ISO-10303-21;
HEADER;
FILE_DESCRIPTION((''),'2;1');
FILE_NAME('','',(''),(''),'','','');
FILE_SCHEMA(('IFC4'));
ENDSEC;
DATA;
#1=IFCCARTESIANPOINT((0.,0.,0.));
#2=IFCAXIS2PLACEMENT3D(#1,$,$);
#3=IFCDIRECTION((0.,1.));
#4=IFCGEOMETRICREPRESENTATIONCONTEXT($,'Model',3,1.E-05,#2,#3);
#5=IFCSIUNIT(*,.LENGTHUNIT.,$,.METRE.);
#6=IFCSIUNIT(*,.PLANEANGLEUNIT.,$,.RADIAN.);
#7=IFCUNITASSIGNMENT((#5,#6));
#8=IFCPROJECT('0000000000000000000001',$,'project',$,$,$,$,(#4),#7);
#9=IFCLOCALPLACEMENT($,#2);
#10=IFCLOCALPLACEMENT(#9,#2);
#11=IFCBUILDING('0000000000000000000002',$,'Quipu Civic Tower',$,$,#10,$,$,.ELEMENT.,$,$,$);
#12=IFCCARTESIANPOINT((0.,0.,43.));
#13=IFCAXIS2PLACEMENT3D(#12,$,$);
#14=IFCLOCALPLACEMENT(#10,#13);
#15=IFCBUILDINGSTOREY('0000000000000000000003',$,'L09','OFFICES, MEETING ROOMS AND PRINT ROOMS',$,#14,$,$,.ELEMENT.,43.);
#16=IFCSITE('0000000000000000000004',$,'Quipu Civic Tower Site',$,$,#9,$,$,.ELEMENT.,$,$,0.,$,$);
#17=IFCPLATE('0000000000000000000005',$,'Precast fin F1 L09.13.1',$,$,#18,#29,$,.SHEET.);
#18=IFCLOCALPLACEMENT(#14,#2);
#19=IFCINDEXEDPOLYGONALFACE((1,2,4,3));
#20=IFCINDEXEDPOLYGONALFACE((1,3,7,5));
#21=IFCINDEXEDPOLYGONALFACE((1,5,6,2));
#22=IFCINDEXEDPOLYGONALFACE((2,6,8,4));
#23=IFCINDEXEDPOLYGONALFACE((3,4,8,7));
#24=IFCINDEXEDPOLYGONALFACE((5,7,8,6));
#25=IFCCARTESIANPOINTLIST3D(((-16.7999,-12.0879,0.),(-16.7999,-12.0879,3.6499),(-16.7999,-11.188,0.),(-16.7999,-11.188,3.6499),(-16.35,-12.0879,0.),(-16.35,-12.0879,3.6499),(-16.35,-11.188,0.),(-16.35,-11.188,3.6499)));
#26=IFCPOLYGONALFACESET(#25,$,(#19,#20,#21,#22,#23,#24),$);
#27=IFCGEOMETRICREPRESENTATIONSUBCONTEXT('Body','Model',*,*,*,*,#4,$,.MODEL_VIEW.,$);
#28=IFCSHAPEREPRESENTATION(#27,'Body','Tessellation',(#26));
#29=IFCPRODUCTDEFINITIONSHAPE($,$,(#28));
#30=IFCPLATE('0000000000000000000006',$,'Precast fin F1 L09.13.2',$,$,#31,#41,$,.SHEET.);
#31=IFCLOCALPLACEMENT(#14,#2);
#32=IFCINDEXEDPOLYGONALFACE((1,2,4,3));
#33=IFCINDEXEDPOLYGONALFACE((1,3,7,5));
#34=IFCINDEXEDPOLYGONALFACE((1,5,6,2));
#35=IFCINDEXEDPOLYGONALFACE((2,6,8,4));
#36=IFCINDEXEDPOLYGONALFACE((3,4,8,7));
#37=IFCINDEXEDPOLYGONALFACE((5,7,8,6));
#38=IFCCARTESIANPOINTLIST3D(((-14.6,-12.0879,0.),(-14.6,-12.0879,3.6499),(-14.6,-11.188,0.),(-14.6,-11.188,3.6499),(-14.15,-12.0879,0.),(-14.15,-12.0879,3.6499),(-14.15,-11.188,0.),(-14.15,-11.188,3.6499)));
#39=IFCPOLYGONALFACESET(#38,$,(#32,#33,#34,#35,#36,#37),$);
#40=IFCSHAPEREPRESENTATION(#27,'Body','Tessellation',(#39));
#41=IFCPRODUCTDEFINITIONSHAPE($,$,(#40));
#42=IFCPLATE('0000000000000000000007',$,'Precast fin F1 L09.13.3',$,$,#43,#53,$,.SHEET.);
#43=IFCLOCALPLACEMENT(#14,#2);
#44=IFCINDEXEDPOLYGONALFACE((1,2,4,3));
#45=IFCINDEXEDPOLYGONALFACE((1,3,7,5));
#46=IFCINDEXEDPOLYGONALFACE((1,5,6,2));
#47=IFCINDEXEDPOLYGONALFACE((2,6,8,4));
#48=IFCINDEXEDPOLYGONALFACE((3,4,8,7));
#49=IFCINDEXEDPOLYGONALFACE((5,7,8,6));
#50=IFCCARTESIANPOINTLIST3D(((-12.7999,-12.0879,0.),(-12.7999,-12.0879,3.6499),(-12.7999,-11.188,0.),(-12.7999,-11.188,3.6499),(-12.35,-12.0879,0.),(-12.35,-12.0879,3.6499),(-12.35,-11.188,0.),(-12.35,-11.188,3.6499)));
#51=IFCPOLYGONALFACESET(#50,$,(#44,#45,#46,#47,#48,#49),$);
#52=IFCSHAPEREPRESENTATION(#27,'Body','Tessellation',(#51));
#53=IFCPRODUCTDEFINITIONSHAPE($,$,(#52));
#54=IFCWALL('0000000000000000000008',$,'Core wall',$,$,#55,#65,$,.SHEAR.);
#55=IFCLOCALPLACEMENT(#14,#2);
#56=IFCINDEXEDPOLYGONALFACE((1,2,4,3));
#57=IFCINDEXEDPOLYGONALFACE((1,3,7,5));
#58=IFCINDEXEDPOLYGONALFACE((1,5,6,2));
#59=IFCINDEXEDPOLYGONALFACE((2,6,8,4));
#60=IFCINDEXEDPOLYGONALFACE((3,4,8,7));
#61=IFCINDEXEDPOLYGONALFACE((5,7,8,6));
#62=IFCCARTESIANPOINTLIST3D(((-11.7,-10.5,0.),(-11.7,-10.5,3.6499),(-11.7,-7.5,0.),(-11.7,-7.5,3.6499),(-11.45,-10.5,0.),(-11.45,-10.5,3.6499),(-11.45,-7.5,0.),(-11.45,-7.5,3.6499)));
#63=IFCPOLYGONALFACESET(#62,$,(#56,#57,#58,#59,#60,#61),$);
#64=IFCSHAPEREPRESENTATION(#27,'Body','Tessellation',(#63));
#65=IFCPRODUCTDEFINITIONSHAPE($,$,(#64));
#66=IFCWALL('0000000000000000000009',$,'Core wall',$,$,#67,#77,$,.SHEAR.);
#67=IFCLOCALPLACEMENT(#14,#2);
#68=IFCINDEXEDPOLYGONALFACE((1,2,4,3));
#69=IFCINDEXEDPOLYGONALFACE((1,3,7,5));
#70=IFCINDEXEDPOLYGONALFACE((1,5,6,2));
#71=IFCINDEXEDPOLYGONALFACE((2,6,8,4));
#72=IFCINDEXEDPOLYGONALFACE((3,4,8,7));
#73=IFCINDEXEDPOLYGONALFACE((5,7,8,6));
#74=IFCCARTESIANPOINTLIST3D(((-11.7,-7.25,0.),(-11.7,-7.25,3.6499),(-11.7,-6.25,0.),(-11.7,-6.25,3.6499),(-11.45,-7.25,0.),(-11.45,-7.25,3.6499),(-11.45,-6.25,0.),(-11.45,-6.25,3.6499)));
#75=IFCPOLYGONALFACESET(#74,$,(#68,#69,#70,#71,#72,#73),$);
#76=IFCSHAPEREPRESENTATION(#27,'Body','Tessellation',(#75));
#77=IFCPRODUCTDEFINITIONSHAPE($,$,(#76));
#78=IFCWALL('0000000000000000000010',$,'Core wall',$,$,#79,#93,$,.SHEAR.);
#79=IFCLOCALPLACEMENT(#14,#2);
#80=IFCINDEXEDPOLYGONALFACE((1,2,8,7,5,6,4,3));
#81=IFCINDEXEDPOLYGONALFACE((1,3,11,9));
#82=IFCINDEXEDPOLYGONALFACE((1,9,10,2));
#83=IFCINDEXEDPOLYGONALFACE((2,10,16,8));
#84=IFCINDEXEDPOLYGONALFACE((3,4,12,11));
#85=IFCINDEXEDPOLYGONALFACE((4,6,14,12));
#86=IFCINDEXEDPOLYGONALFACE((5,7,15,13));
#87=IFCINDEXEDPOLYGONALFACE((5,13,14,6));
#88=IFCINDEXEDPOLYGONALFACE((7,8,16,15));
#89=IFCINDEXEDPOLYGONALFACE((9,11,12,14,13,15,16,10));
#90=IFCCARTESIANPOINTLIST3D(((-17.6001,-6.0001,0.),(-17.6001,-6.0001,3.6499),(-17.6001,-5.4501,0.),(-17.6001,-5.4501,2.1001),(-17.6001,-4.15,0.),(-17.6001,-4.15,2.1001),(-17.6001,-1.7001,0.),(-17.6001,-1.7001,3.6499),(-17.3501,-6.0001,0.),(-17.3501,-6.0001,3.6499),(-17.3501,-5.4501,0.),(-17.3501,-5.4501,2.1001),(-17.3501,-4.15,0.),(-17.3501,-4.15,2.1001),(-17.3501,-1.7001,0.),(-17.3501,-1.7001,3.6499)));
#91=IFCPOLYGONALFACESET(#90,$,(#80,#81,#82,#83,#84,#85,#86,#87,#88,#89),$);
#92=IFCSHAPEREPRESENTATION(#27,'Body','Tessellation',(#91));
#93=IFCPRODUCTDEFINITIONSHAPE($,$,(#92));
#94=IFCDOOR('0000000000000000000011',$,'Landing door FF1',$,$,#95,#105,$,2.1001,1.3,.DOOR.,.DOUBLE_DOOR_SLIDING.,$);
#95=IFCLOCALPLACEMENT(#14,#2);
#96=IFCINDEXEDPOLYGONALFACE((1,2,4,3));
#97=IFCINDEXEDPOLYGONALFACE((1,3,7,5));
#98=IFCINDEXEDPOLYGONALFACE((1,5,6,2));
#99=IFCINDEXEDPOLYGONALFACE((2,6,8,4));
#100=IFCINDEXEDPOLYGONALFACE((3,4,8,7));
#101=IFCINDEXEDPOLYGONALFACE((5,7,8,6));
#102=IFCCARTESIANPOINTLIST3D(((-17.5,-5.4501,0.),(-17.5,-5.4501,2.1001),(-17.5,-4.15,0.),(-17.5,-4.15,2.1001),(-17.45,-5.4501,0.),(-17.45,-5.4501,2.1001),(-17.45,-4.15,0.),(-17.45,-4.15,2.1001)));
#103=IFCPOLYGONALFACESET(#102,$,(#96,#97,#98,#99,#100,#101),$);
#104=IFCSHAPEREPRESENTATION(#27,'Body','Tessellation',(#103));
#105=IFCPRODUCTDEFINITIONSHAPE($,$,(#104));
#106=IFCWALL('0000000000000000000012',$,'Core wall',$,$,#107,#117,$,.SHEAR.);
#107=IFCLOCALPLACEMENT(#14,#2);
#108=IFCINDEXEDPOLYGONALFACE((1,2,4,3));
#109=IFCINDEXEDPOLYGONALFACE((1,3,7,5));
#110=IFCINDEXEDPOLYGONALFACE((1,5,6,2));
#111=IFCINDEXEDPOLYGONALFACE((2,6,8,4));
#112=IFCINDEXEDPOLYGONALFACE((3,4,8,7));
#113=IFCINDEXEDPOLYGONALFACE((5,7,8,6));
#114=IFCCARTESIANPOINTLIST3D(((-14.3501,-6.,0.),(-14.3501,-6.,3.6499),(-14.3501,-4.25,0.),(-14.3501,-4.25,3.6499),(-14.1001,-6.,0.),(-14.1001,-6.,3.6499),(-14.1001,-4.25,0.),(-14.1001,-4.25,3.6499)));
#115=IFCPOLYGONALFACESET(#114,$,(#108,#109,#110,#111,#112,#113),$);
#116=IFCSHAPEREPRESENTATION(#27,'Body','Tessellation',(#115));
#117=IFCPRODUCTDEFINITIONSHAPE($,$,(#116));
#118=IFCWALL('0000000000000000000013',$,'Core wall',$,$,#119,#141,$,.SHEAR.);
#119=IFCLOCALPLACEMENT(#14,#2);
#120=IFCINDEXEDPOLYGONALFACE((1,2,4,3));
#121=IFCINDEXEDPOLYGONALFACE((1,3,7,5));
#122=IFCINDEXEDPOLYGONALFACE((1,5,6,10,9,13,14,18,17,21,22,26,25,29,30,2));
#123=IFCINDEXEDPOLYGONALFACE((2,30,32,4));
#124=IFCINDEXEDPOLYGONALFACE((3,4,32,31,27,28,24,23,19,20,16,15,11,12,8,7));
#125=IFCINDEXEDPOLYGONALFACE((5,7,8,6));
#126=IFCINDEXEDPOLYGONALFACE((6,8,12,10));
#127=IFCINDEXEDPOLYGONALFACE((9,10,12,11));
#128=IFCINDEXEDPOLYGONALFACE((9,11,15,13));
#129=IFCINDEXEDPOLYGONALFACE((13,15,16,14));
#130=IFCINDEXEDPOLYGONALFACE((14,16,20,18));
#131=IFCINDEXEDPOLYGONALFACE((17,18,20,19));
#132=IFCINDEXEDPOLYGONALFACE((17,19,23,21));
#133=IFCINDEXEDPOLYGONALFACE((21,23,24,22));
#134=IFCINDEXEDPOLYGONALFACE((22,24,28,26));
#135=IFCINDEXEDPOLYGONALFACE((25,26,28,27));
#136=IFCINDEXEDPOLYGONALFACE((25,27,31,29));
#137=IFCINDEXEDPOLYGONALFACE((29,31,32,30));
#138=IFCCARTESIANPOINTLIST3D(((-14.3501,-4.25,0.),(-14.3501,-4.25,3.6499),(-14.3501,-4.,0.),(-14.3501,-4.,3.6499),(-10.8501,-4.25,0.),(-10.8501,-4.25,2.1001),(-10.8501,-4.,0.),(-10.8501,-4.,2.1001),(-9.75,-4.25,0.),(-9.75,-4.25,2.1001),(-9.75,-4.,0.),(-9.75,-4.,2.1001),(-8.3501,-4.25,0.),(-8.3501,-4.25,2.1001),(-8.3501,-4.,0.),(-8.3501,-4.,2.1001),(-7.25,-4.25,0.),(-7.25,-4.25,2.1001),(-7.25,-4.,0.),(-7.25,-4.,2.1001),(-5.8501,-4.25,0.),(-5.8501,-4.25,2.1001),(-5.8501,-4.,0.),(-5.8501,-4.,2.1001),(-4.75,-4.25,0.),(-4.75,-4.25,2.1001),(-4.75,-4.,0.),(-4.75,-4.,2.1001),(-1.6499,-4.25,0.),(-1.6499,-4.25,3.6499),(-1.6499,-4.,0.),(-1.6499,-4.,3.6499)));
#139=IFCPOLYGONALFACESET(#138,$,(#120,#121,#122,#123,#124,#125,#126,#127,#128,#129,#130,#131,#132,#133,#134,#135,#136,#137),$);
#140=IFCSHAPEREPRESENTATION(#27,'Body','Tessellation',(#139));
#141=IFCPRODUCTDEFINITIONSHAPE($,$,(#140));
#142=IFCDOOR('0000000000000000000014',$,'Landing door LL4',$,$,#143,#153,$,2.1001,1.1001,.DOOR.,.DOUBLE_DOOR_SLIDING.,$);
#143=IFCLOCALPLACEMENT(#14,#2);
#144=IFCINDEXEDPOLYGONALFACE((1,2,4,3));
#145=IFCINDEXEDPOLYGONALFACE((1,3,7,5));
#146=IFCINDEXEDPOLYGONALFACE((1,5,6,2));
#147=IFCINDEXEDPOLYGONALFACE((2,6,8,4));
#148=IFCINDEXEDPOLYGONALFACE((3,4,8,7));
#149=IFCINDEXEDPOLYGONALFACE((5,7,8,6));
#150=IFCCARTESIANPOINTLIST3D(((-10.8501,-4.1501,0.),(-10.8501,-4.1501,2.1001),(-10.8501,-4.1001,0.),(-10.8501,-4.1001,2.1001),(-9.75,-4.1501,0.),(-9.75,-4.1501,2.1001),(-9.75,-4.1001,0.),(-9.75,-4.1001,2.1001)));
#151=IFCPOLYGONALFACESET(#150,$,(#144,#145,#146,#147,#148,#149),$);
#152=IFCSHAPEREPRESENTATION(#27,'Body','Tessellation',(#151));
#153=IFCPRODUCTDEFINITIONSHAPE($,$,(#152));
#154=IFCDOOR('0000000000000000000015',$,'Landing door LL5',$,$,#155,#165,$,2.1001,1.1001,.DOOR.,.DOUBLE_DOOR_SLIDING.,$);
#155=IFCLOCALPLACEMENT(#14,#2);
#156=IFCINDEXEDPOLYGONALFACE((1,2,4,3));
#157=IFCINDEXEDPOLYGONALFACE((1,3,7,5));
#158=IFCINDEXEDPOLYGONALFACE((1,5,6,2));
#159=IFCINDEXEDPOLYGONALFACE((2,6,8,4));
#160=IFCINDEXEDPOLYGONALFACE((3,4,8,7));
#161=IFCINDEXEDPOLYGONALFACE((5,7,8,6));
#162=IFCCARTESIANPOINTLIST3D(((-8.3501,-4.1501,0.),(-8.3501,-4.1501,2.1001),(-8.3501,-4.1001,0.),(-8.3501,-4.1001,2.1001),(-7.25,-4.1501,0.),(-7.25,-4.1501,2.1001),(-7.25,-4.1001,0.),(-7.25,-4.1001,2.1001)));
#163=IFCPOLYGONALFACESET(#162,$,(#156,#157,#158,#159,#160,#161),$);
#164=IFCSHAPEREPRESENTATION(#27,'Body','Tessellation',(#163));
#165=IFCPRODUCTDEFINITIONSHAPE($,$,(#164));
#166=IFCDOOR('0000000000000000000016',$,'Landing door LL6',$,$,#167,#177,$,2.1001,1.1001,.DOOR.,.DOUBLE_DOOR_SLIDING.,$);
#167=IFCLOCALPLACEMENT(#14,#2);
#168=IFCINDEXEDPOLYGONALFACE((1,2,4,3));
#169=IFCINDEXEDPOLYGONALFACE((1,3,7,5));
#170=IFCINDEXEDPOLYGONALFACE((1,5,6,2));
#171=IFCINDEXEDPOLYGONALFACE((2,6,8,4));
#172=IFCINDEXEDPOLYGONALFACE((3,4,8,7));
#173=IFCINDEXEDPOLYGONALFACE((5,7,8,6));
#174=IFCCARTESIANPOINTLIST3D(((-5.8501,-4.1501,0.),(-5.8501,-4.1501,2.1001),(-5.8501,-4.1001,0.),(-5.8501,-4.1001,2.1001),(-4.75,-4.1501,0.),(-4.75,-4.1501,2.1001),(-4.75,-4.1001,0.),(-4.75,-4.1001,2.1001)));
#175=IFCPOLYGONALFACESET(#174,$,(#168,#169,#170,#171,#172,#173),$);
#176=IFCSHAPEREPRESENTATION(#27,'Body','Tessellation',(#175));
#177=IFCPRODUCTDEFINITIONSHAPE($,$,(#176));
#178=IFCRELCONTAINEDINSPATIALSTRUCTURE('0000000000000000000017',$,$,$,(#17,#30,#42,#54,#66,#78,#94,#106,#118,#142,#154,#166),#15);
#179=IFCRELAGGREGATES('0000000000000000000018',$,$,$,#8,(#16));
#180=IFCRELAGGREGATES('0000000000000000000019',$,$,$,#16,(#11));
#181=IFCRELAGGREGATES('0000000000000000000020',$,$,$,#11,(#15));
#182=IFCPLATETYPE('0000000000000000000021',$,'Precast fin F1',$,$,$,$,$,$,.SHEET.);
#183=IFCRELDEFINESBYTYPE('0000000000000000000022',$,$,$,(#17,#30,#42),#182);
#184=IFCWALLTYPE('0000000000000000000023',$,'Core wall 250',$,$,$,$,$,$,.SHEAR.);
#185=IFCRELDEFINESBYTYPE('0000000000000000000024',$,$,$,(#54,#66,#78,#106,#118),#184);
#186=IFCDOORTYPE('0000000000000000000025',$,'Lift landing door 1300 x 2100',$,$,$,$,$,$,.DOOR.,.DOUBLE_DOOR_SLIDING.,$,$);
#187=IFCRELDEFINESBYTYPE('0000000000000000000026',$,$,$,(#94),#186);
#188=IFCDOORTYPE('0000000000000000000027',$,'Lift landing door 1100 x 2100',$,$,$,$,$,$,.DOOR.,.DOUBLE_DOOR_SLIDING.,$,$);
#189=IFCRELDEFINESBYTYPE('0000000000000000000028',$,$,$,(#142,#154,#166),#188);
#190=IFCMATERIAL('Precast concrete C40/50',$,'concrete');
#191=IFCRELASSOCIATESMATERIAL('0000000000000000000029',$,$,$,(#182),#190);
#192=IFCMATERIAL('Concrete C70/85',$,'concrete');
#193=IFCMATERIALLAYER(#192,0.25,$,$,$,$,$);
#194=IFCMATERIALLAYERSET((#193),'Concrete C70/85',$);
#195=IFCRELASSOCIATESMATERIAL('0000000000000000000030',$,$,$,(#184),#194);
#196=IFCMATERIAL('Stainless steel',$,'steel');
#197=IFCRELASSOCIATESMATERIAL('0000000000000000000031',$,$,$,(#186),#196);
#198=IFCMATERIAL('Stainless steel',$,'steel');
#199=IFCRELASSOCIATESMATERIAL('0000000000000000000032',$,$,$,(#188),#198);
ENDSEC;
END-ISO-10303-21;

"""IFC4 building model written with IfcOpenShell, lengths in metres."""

from ifc_helpers import new_model, si_unit, direction, frame, frame_2d, origin, origin_2d, place, context, subcontext, project, spatial, rectangle, extrude, material, layer, layer_set, type_object, element, fill, save


model = new_model("IFC4")

# Units and contexts
model_context = context("Model", 3, precision=1e-05, world=origin(), true_north=direction((0.0, 1.0)))
body_context = subcontext(model_context, "Body", "Model", "MODEL_VIEW")
ifc_project = project(units=[si_unit("LENGTHUNIT", "METRE"), si_unit("PLANEANGLEUNIT", "RADIAN")], contexts=[model_context])

# Site, building, storey
site_placement = place(None, origin())
site = spatial("IfcSite", under=ifc_project, at=site_placement, Name="Quipu Civic Tower Site", CompositionType="ELEMENT", RefElevation=0.0)
building_placement = place(site_placement, origin())
building = spatial("IfcBuilding", under=site, at=building_placement, Name="Quipu Civic Tower", CompositionType="ELEMENT")
storey_placement = place(building_placement, frame((0.0, 0.0, 43.0)))
storey = spatial("IfcBuildingStorey", under=building, at=storey_placement, Name="L09", Description="OFFICES, MEETING ROOMS AND PRINT ROOMS", CompositionType="ELEMENT", Elevation=43.0)

# Plates
ifc_material_1 = material(Name="Precast concrete C40/50", Category="concrete")
plate_type = type_object("IfcPlateType", Name="Precast fin F1", PredefinedType="SHEET", material=ifc_material_1)
for number, where, z_axis, x_axis, name in (
    (1, (-16.575, -11.6379, 0.0), (0.0, 0.0, 1.0), (1.0, 0.0, 0.0), "Precast fin F1 L09.13.1"),
    (2, (-14.375, -11.6379, 0.0), (0.0, 0.0, 1.0), (1.0, 0.0, 0.0), "Precast fin F1 L09.13.2"),
    (3, (-12.575, -11.6379, 0.0), (0.0, 0.0, 1.0), (1.0, 0.0, 0.0), "Precast fin F1 L09.13.3"),
):
    element("IfcPlate", number, at=place(storey_placement, frame(where, z_axis=z_axis, x_axis=x_axis)), inside=storey, type_object=plate_type, Name=name, PredefinedType="SHEET", context=body_context, shape_type="SweptSolid", body=[
        extrude(rectangle(XDim=0.45, YDim=0.8999, at=origin_2d()), origin(), (0.0, 0.0, 1.0), 3.6499),
    ])

# Walls
ifc_material_2 = material(Name="Concrete C70/85", Category="concrete")
ifc_layer = layer(ifc_material_2, 0.25)
ifc_layer_set = layer_set([ifc_layer], Name="Concrete C70/85")
wall_type_1 = type_object("IfcWallType", Name="Core wall 250", PredefinedType="SHEAR", material=ifc_layer_set)
wall_1_placement = place(storey_placement, frame((-11.575, -10.5, 0.0), z_axis=(0.0, 0.0, 1.0), x_axis=(0.0, 1.0, 0.0)))
element("IfcWall", 4, at=wall_1_placement, inside=storey, type_object=wall_type_1, Name="Core wall", PredefinedType="SHEAR", context=body_context, shape_type="SweptSolid", body=[
    extrude(rectangle(XDim=3.0, YDim=0.25, at=frame_2d((1.5, 0.0))), origin(), (0.0, 0.0, 1.0), 3.6499),
])
wall_2_placement = place(storey_placement, frame((-11.575, -7.25, 0.0), z_axis=(0.0, 0.0, 1.0), x_axis=(0.0, 1.0, 0.0)))
element("IfcWall", 5, at=wall_2_placement, inside=storey, type_object=wall_type_1, Name="Core wall", PredefinedType="SHEAR", context=body_context, shape_type="SweptSolid", body=[
    extrude(rectangle(XDim=1.0, YDim=0.25, at=frame_2d((0.5, 0.0))), origin(), (0.0, 0.0, 1.0), 3.6499),
])

# Wall, opening, door
wall_3_placement = place(storey_placement, frame((-17.4751, -6.0, 0.0), z_axis=(0.0, 0.0, 1.0), x_axis=(0.0, 1.0, 0.0)))
wall_3 = element("IfcWall", 6, at=wall_3_placement, inside=storey, type_object=wall_type_1, Name="Core wall", PredefinedType="SHEAR", context=body_context, shape_type="SweptSolid", body=[
    extrude(rectangle(XDim=4.3, YDim=0.25, at=frame_2d((2.1499, 0.0))), origin(), (0.0, 0.0, 1.0), 3.6499),
])
opening_1_placement = place(wall_3_placement, frame((0.55, 0.0, 0.0)))
opening_1 = element("IfcOpeningElement", 7, at=opening_1_placement, cuts=wall_3, PredefinedType="OPENING", context=body_context, shape_type="SweptSolid", body=[
    extrude(rectangle(XDim=1.3, YDim=2.1001, at=frame_2d((0.6499, 1.05))), frame((0.0, 0.135, 0.0), z_axis=(0.0, -1.0, 0.0), x_axis=(1.0, 0.0, 0.0)), (0.0, 0.0, 1.0), 0.27),
])
ifc_material_3 = material(Name="Stainless steel", Category="steel")
door_type_1 = type_object("IfcDoorType", Name="Lift landing door 1300 x 2100", OperationType="DOUBLE_DOOR_SLIDING", PredefinedType="DOOR", material=ifc_material_3)
door_1_placement = place(opening_1_placement, origin())
door_1 = element("IfcDoor", 8, at=door_1_placement, inside=storey, type_object=door_type_1, Name="Landing door FF1", OperationType="DOUBLE_DOOR_SLIDING", OverallHeight=2.1001, OverallWidth=1.3, PredefinedType="DOOR", context=body_context, shape_type="SweptSolid", body=[
    extrude(rectangle(XDim=1.3, YDim=2.1001, at=frame_2d((0.6499, 1.05))), frame((0.0, 0.0249, 0.0), z_axis=(0.0, -1.0, 0.0), x_axis=(1.0, 0.0, 0.0)), (0.0, 0.0, 1.0), 0.05),
])
fill(opening_1, door_1)

# Wall
wall_4_placement = place(storey_placement, frame((-14.2251, -6.0, 0.0), z_axis=(0.0, 0.0, 1.0), x_axis=(0.0, 1.0, 0.0)))
element("IfcWall", 9, at=wall_4_placement, inside=storey, type_object=wall_type_1, Name="Core wall", PredefinedType="SHEAR", context=body_context, shape_type="SweptSolid", body=[
    extrude(rectangle(XDim=1.75, YDim=0.25, at=frame_2d((0.875, 0.0))), origin(), (0.0, 0.0, 1.0), 3.6499),
])

# Wall, openings, doors
wall_5_placement = place(storey_placement, frame((-14.3501, -4.125, 0.0), z_axis=(0.0, 0.0, 1.0), x_axis=(1.0, 0.0, 0.0)))
wall_5 = element("IfcWall", 10, at=wall_5_placement, inside=storey, type_object=wall_type_1, Name="Core wall", PredefinedType="SHEAR", context=body_context, shape_type="SweptSolid", body=[
    extrude(rectangle(XDim=12.7002, YDim=0.25, at=frame_2d((6.3501, 0.0))), origin(), (0.0, 0.0, 1.0), 3.6499),
])
opening_2_placement = place(wall_5_placement, frame((3.5, 0.0, 0.0)))
opening_2 = element("IfcOpeningElement", 11, at=opening_2_placement, cuts=wall_5, PredefinedType="OPENING", context=body_context, shape_type="SweptSolid", body=[
    extrude(rectangle(XDim=1.1001, YDim=2.1001, at=frame_2d((0.55, 1.05))), frame((0.0, 0.135, 0.0), z_axis=(0.0, -1.0, 0.0), x_axis=(1.0, 0.0, 0.0)), (0.0, 0.0, 1.0), 0.27),
])
opening_3_placement = place(wall_5_placement, frame((6.0, 0.0, 0.0)))
opening_3 = element("IfcOpeningElement", 12, at=opening_3_placement, cuts=wall_5, PredefinedType="OPENING", context=body_context, shape_type="SweptSolid", body=[
    extrude(rectangle(XDim=1.1001, YDim=2.1001, at=frame_2d((0.55, 1.05))), frame((0.0, 0.135, 0.0), z_axis=(0.0, -1.0, 0.0), x_axis=(1.0, 0.0, 0.0)), (0.0, 0.0, 1.0), 0.27),
])
opening_4_placement = place(wall_5_placement, frame((8.5, 0.0, 0.0)))
opening_4 = element("IfcOpeningElement", 13, at=opening_4_placement, cuts=wall_5, PredefinedType="OPENING", context=body_context, shape_type="SweptSolid", body=[
    extrude(rectangle(XDim=1.1001, YDim=2.1001, at=frame_2d((0.55, 1.05))), frame((0.0, 0.135, 0.0), z_axis=(0.0, -1.0, 0.0), x_axis=(1.0, 0.0, 0.0)), (0.0, 0.0, 1.0), 0.27),
])
ifc_material_4 = material(Name="Stainless steel", Category="steel")
door_type_2 = type_object("IfcDoorType", Name="Lift landing door 1100 x 2100", OperationType="DOUBLE_DOOR_SLIDING", PredefinedType="DOOR", material=ifc_material_4)
door_2_placement = place(opening_2_placement, origin())
door_2 = element("IfcDoor", 14, at=door_2_placement, inside=storey, type_object=door_type_2, Name="Landing door LL4", OperationType="DOUBLE_DOOR_SLIDING", OverallHeight=2.1001, OverallWidth=1.1001, PredefinedType="DOOR", context=body_context, shape_type="SweptSolid", body=[
    extrude(rectangle(XDim=1.1001, YDim=2.1001, at=frame_2d((0.55, 1.05))), frame((0.0, 0.0249, 0.0), z_axis=(0.0, -1.0, 0.0), x_axis=(1.0, 0.0, 0.0)), (0.0, 0.0, 1.0), 0.05),
])
fill(opening_2, door_2)
door_3_placement = place(opening_3_placement, origin())
door_3 = element("IfcDoor", 15, at=door_3_placement, inside=storey, type_object=door_type_2, Name="Landing door LL5", OperationType="DOUBLE_DOOR_SLIDING", OverallHeight=2.1001, OverallWidth=1.1001, PredefinedType="DOOR", context=body_context, shape_type="SweptSolid", body=[
    extrude(rectangle(XDim=1.1001, YDim=2.1001, at=frame_2d((0.55, 1.05))), frame((0.0, 0.0249, 0.0), z_axis=(0.0, -1.0, 0.0), x_axis=(1.0, 0.0, 0.0)), (0.0, 0.0, 1.0), 0.05),
])
fill(opening_3, door_3)
door_4_placement = place(opening_4_placement, origin())
door_4 = element("IfcDoor", 16, at=door_4_placement, inside=storey, type_object=door_type_2, Name="Landing door LL6", OperationType="DOUBLE_DOOR_SLIDING", OverallHeight=2.1001, OverallWidth=1.1001, PredefinedType="DOOR", context=body_context, shape_type="SweptSolid", body=[
    extrude(rectangle(XDim=1.1001, YDim=2.1001, at=frame_2d((0.55, 1.05))), frame((0.0, 0.0249, 0.0), z_axis=(0.0, -1.0, 0.0), x_axis=(1.0, 0.0, 0.0)), (0.0, 0.0, 1.0), 0.05),
])
fill(opening_4, door_4)

save(model, "model.ifc")
